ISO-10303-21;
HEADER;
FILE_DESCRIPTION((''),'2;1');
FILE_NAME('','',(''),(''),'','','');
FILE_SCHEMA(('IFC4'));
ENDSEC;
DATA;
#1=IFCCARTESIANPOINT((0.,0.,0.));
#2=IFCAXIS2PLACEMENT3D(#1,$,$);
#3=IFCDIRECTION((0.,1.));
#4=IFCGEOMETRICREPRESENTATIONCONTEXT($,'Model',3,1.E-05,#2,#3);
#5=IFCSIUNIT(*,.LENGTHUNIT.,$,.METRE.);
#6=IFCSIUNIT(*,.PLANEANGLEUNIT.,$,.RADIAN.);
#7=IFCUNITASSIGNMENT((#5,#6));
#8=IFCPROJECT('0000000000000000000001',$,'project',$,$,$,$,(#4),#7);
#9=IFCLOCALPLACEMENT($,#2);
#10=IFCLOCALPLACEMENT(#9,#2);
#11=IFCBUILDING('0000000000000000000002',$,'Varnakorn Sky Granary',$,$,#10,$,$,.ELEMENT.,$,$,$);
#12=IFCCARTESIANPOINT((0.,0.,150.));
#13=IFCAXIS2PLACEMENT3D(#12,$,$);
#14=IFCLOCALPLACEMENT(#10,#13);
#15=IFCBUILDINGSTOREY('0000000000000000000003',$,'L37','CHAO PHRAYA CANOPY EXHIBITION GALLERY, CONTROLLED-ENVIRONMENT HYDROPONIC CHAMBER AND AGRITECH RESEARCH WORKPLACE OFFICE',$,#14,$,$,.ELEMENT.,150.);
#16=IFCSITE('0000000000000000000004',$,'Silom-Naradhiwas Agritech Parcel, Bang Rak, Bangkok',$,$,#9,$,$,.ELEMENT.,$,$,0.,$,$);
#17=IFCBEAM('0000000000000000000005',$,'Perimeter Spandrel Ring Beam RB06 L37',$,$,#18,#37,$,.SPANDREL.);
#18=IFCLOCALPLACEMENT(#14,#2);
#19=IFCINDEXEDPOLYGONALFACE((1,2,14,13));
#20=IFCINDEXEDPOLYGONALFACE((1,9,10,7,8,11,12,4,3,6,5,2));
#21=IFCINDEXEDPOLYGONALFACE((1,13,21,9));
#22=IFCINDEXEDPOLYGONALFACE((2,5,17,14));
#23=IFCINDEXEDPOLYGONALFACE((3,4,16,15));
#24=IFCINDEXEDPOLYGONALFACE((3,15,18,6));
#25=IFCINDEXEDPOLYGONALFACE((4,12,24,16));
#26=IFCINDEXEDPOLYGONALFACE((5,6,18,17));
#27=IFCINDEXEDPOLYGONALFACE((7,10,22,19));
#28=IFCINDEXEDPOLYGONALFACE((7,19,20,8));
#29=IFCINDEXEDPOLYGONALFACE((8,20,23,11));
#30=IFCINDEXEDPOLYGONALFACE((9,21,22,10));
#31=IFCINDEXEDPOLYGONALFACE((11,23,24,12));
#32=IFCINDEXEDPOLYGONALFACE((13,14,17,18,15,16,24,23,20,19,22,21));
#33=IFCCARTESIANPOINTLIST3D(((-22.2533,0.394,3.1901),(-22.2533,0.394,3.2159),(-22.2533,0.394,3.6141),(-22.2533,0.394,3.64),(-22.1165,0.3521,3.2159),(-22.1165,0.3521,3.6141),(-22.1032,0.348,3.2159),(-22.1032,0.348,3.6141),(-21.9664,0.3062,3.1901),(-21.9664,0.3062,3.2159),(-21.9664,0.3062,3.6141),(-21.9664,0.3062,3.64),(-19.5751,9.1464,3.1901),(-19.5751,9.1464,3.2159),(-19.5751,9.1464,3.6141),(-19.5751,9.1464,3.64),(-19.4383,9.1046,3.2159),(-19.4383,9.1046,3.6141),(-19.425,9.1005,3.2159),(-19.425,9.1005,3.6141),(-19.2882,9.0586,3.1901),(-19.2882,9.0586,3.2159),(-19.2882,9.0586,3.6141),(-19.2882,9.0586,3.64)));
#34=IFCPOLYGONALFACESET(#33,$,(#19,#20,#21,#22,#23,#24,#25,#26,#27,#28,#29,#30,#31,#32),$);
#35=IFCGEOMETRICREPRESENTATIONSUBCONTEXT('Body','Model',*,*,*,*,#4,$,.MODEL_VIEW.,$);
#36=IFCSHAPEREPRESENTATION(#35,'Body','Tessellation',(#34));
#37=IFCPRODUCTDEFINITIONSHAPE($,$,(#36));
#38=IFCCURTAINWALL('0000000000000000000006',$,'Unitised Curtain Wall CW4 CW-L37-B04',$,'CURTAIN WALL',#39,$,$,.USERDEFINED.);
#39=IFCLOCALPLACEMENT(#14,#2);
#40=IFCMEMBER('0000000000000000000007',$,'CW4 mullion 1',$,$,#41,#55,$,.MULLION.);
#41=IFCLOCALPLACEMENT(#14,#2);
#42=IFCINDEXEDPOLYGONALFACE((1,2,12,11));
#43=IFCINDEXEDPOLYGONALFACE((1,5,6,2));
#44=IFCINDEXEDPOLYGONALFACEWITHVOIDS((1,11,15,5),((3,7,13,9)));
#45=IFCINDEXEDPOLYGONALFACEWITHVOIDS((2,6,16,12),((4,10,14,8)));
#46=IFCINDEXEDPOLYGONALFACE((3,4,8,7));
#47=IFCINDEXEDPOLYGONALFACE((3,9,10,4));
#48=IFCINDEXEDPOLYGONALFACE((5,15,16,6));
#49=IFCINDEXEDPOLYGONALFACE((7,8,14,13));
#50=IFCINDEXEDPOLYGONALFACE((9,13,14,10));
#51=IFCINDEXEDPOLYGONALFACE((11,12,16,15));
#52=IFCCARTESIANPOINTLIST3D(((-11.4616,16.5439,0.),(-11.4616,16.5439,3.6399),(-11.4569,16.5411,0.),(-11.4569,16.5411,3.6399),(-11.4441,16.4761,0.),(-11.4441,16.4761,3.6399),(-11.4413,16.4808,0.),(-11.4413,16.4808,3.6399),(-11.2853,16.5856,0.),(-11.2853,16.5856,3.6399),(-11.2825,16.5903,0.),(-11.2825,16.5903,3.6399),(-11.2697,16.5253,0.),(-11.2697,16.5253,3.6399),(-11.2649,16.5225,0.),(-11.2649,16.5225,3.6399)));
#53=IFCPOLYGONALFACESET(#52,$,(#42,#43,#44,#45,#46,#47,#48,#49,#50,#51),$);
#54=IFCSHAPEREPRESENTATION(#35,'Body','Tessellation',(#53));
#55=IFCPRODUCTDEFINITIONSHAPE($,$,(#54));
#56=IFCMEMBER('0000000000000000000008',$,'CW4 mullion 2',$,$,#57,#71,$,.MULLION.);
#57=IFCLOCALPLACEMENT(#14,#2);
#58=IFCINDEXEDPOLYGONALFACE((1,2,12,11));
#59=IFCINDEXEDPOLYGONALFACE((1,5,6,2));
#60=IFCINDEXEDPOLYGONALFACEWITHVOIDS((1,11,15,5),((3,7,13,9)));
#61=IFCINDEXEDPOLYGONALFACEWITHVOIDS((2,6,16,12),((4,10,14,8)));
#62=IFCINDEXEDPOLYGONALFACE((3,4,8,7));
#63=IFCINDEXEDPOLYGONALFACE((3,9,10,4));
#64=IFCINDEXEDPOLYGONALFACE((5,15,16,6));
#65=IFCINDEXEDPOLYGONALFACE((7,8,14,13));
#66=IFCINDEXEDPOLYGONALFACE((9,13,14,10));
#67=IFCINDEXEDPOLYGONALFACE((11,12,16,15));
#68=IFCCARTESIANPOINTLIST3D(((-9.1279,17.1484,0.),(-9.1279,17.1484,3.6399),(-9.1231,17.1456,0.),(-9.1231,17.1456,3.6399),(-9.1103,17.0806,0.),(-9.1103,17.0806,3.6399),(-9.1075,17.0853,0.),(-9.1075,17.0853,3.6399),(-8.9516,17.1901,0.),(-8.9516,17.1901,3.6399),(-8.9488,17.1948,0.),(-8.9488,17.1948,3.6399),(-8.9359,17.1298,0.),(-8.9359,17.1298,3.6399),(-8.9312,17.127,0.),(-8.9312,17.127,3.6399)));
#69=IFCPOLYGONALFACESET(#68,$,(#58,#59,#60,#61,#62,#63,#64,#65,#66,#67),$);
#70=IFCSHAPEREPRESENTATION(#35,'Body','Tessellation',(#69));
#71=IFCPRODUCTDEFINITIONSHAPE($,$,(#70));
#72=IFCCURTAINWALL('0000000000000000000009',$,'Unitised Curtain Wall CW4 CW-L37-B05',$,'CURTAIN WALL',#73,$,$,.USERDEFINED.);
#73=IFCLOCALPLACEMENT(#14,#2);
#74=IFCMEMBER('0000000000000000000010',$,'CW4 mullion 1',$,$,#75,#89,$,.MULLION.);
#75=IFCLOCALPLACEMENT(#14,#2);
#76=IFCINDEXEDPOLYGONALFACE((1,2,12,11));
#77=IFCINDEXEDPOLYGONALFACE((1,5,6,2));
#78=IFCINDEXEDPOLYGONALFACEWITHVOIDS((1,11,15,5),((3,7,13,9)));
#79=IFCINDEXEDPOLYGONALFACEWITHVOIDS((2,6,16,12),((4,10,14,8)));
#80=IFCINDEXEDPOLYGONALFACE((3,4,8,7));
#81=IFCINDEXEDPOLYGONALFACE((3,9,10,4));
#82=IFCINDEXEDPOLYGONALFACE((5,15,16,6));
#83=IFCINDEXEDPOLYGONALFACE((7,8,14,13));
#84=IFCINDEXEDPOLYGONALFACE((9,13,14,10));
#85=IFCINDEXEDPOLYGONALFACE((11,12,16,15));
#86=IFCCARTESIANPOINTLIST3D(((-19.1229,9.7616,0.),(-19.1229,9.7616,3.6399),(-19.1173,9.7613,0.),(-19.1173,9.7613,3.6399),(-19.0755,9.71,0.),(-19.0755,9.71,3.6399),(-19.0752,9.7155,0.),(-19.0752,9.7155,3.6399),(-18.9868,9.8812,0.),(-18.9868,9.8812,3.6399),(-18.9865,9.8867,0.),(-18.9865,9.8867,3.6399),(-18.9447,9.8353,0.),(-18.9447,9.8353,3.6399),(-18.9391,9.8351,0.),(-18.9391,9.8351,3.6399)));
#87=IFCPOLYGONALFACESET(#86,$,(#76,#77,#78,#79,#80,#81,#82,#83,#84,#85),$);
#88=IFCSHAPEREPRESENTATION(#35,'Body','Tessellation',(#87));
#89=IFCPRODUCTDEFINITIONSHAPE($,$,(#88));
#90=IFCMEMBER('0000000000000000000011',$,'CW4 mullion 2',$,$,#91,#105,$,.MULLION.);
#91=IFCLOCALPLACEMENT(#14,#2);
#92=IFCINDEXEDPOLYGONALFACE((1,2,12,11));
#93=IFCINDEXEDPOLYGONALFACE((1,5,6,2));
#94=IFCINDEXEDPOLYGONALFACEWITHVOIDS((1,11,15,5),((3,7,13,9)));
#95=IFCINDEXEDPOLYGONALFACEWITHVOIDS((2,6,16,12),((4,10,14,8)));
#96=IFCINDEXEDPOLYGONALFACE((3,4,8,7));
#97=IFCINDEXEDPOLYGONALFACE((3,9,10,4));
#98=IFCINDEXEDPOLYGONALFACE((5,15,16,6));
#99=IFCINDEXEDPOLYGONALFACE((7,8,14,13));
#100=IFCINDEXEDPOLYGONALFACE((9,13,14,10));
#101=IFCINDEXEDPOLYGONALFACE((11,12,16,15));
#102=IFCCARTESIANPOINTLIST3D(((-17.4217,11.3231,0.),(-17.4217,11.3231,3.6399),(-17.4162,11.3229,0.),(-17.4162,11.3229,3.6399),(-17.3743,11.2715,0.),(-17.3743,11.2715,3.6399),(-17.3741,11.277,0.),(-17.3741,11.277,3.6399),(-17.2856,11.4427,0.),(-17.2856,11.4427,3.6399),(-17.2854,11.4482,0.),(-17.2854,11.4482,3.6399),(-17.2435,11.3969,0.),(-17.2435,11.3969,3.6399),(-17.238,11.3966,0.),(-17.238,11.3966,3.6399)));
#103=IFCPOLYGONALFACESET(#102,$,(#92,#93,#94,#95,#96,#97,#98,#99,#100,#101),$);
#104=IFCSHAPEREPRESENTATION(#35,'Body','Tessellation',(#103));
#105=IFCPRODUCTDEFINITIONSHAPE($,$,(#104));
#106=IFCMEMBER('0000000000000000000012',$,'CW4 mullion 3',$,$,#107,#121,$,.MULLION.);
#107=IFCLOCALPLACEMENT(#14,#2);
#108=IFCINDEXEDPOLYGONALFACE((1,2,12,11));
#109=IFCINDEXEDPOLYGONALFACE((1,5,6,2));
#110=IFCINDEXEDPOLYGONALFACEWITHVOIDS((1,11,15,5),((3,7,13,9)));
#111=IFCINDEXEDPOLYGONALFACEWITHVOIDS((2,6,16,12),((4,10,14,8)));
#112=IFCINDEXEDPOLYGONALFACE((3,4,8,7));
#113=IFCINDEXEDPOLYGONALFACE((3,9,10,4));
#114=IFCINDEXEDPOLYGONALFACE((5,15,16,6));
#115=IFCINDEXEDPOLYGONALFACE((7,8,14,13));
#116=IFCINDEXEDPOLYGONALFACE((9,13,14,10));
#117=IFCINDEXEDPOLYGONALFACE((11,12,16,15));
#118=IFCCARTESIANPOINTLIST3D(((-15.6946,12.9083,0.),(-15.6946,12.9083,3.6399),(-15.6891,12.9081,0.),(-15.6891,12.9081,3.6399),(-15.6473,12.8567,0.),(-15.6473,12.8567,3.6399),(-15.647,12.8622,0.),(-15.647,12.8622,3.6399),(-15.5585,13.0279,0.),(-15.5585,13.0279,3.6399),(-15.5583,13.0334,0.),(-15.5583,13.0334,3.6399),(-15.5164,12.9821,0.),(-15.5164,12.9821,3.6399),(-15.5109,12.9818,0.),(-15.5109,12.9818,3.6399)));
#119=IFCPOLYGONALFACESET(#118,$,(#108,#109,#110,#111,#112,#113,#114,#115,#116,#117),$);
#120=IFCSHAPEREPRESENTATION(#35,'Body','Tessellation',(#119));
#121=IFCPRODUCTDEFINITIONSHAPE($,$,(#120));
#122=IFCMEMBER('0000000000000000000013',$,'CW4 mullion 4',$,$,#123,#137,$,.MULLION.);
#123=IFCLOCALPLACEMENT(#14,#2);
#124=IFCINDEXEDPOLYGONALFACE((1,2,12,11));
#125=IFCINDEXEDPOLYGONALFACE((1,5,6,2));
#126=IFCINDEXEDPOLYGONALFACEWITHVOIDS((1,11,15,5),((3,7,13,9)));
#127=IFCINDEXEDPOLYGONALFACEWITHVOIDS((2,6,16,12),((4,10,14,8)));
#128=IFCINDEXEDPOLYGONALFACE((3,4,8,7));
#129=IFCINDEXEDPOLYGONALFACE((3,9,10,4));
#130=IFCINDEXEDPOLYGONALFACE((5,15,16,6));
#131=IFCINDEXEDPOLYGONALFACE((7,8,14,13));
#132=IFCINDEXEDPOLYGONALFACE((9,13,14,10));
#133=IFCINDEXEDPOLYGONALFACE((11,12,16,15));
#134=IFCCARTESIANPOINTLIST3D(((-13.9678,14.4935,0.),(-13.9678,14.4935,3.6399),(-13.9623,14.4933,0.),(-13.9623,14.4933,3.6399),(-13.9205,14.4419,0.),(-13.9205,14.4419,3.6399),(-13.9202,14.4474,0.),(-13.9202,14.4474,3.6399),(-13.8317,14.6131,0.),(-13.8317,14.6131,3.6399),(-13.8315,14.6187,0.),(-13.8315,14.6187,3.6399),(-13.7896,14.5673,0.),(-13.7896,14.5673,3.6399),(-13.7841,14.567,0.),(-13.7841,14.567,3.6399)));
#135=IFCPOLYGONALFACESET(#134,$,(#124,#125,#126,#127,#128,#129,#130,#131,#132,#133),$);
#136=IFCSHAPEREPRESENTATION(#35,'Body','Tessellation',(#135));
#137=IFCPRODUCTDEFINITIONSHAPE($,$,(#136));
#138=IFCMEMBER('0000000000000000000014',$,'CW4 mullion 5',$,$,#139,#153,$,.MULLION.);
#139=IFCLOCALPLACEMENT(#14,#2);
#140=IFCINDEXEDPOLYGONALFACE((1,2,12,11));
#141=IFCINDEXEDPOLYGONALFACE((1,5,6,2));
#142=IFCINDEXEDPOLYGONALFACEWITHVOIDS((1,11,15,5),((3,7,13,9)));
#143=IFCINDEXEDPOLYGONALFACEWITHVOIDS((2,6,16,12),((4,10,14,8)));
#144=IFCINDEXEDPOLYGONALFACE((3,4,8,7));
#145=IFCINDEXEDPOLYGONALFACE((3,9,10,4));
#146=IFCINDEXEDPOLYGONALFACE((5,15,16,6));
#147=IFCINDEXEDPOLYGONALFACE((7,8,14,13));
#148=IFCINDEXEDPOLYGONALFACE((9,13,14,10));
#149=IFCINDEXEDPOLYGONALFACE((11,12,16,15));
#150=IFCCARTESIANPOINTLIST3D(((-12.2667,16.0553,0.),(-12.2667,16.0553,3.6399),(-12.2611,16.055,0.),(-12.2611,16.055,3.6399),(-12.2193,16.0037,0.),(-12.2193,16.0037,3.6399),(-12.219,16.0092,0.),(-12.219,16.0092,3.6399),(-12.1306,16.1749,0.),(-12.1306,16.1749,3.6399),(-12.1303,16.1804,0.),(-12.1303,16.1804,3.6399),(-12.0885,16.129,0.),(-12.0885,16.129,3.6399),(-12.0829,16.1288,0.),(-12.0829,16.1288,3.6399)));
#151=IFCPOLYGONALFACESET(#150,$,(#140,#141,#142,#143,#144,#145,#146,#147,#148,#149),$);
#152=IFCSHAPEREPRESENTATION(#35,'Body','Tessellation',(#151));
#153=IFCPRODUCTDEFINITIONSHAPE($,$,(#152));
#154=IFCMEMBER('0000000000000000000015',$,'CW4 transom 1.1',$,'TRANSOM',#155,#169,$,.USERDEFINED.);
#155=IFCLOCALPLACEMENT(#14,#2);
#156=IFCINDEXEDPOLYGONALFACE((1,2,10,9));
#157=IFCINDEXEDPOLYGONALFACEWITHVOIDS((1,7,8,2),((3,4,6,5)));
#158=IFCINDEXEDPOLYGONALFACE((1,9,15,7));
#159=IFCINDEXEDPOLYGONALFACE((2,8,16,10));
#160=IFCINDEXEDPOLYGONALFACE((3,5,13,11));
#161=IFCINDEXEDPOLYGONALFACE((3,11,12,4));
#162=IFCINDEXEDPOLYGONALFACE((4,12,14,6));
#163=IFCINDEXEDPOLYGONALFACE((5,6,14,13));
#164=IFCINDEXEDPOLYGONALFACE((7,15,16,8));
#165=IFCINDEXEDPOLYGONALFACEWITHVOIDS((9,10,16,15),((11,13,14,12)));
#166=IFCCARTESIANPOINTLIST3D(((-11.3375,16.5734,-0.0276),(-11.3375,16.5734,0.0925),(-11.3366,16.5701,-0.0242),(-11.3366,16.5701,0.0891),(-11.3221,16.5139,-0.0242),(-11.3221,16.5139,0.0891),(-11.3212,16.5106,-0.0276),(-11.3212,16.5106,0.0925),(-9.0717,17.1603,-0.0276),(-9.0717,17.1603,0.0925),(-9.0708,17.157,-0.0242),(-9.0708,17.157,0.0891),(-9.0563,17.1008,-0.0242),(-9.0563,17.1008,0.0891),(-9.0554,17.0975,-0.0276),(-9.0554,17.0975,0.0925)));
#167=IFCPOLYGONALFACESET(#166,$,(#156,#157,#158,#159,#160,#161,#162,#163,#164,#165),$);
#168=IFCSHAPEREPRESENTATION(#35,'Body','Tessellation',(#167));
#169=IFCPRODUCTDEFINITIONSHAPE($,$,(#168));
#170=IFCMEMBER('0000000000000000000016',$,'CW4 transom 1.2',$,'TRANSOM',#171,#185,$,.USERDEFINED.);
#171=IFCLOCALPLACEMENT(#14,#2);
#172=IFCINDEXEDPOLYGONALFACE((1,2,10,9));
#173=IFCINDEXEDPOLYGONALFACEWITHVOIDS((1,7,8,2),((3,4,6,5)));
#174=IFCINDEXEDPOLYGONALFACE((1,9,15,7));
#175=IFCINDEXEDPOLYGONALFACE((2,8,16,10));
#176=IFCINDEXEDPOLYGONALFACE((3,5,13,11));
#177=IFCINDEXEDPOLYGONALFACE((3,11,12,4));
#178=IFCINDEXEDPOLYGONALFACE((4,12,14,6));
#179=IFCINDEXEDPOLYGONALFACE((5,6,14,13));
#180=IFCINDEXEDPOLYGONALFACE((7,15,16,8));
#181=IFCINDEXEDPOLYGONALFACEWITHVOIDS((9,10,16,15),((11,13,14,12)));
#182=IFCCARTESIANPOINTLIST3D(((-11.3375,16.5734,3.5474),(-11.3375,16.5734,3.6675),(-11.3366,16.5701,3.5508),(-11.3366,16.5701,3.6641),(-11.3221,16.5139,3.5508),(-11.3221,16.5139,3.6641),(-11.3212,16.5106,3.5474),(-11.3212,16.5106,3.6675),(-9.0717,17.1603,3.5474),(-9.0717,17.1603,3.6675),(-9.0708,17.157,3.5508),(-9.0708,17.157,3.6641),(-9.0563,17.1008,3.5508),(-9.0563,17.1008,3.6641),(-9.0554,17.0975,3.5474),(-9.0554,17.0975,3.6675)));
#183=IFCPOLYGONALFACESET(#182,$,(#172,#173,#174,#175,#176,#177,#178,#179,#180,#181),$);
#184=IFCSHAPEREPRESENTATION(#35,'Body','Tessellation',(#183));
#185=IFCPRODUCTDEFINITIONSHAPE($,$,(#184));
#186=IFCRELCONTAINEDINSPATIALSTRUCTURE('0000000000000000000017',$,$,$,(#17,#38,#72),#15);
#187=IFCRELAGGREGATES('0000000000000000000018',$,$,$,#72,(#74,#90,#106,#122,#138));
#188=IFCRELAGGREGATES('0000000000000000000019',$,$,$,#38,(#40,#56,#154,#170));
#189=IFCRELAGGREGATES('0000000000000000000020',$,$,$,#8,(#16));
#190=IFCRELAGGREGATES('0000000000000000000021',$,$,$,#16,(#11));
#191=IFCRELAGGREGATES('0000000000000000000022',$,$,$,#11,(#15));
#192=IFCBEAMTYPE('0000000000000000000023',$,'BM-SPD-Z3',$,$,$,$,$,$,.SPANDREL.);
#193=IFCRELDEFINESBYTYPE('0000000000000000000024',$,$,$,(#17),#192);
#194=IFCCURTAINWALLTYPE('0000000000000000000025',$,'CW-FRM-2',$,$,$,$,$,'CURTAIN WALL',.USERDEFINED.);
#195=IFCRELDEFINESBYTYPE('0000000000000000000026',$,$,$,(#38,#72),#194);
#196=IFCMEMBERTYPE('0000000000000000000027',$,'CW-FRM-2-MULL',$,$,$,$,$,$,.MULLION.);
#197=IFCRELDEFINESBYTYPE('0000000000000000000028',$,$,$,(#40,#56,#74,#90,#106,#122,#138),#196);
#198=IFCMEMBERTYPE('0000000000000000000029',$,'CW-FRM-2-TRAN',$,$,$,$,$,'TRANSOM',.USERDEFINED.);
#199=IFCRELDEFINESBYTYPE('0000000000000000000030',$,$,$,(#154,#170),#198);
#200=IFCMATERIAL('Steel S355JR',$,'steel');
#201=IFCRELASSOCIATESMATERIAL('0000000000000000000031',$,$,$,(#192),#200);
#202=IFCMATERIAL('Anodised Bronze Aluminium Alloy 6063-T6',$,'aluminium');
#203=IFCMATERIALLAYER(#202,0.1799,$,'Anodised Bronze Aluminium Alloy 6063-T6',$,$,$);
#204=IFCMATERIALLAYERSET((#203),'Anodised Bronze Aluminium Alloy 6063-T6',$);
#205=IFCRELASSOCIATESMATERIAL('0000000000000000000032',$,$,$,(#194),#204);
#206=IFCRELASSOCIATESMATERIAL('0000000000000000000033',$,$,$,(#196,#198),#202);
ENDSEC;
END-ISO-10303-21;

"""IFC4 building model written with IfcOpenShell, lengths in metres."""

from ifc_helpers import new_model, si_unit, direction, frame, origin, origin_2d, place, context, subcontext, project, spatial, hollow_rectangle, i_section, extrude, material, layer, layer_set, material_profile, profile_set, type_object, element, aggregate, save


model = new_model("IFC4")

# Units and contexts
model_context = context("Model", 3, precision=1e-05, world=origin(), true_north=direction((0.0, 1.0)))
body_context = subcontext(model_context, "Body", "Model", "MODEL_VIEW")
ifc_project = project(units=[si_unit("LENGTHUNIT", "METRE"), si_unit("PLANEANGLEUNIT", "RADIAN")], contexts=[model_context])

# Site, building, storey
site_placement = place(None, origin())
site = spatial("IfcSite", under=ifc_project, at=site_placement, Name="Silom-Naradhiwas Agritech Parcel, Bang Rak, Bangkok", CompositionType="ELEMENT", RefElevation=0.0)
building_placement = place(site_placement, origin())
building = spatial("IfcBuilding", under=site, at=building_placement, Name="Varnakorn Sky Granary", CompositionType="ELEMENT")
storey_placement = place(building_placement, frame((0.0, 0.0, 150.0)))
storey = spatial("IfcBuildingStorey", under=building, at=storey_placement, Name="L37", Description="CHAO PHRAYA CANOPY EXHIBITION GALLERY, CONTROLLED-ENVIRONMENT HYDROPONIC CHAMBER AND AGRITECH RESEARCH WORKPLACE OFFICE", CompositionType="ELEMENT", Elevation=150.0)

# Beam
ifc_material_1 = material(Name="Steel S355JR", Category="steel")
ifc_material_profile_1 = material_profile(ifc_material_1, i_section(OverallWidth=0.3, OverallDepth=0.45, WebThickness=0.0139, FlangeThickness=0.0259, at=origin_2d()), Name="HE 450 B")
ifc_profile_set_1 = profile_set([ifc_material_profile_1], Name="Steel S355JR")
beam_type_1 = type_object("IfcBeamType", Name="BM-SPD-Z3", PredefinedType="SPANDREL", material=ifc_profile_set_1)
beam_1_placement = place(storey_placement, frame((-19.4316, 9.1025, 3.415), z_axis=(-0.292605, -0.956233, 0.0), x_axis=(0.956233, -0.292605, 0.0)))
element("IfcBeam", 1, at=beam_1_placement, inside=storey, type_object=beam_type_1, Name="Perimeter Spandrel Ring Beam RB06 L37", PredefinedType="SPANDREL", context=body_context, shape_type="SweptSolid", body=[
    extrude(i_section(OverallWidth=0.3, OverallDepth=0.45, WebThickness=0.0139, FlangeThickness=0.0259, at=origin_2d()), origin(), (0.0, 0.0, 1.0), 9.1531),
])

# Curtain walls, members
ifc_material_2 = material(Name="Anodised Bronze Aluminium Alloy 6063-T6", Category="aluminium")
ifc_layer_1 = layer(ifc_material_2, 0.1799, Name="Anodised Bronze Aluminium Alloy 6063-T6")
ifc_layer_set_1 = layer_set([ifc_layer_1], Name="Anodised Bronze Aluminium Alloy 6063-T6")
curtain_wall_type = type_object("IfcCurtainWallType", Name="CW-FRM-2", ElementType="CURTAIN WALL", PredefinedType="USERDEFINED", material=ifc_layer_set_1)
curtain_wall_1_placement = place(storey_placement, origin())
curtain_wall_1 = element("IfcCurtainWall", 2, at=curtain_wall_1_placement, inside=storey, type_object=curtain_wall_type, Name="Unitised Curtain Wall CW4 CW-L37-B04", ObjectType="CURTAIN WALL", PredefinedType="USERDEFINED")
ifc_material_profile_2 = material_profile(ifc_material_2, hollow_rectangle(XDim=0.0701, YDim=0.1851, WallThickness=0.0039, at=origin_2d()), Name="ALU MULL 70x185")
ifc_profile_set_2 = profile_set([ifc_material_profile_2], Name="Anodised Bronze Aluminium Alloy 6063-T6")
member_type_1 = type_object("IfcMemberType", Name="CW-FRM-2-MULL", PredefinedType="MULLION", material=ifc_profile_set_2)
member_1_placement = place(storey_placement, frame((-11.3633, 16.5332, 0.0), z_axis=(0.0, 0.0, 1.0), x_axis=(-0.250748, 0.968052, 0.0)))
member_1 = element("IfcMember", 3, at=member_1_placement, type_object=member_type_1, Name="CW4 mullion 1", PredefinedType="MULLION", context=body_context, shape_type="SweptSolid", body=[
    extrude(hollow_rectangle(XDim=0.0701, YDim=0.1851, WallThickness=0.0039, at=origin_2d()), origin(), (0.0, 0.0, 1.0), 3.6399),
])
member_2_placement = place(storey_placement, frame((-9.0295, 17.1377, 0.0), z_axis=(0.0, 0.0, 1.0), x_axis=(-0.250748, 0.968052, 0.0)))
member_2 = element("IfcMember", 4, at=member_2_placement, type_object=member_type_1, Name="CW4 mullion 2", PredefinedType="MULLION", context=body_context, shape_type="SweptSolid", body=[
    extrude(hollow_rectangle(XDim=0.0701, YDim=0.1851, WallThickness=0.0039, at=origin_2d()), origin(), (0.0, 0.0, 1.0), 3.6399),
])
curtain_wall_2_placement = place(storey_placement, origin())
curtain_wall_2 = element("IfcCurtainWall", 5, at=curtain_wall_2_placement, inside=storey, type_object=curtain_wall_type, Name="Unitised Curtain Wall CW4 CW-L37-B05", ObjectType="CURTAIN WALL", PredefinedType="USERDEFINED")
member_3_placement = place(storey_placement, frame((-19.031, 9.7983, 0.0), z_axis=(0.0, 0.0, 1.0), x_axis=(-0.676226, 0.736694, 0.0)))
member_3 = element("IfcMember", 6, at=member_3_placement, type_object=member_type_1, Name="CW4 mullion 1", PredefinedType="MULLION", context=body_context, shape_type="SweptSolid", body=[
    extrude(hollow_rectangle(XDim=0.0701, YDim=0.1851, WallThickness=0.0039, at=origin_2d()), origin(), (0.0, 0.0, 1.0), 3.6399),
])
member_4_placement = place(storey_placement, frame((-17.3298, 11.3599, 0.0), z_axis=(0.0, 0.0, 1.0), x_axis=(-0.676226, 0.736694, 0.0)))
member_4 = element("IfcMember", 7, at=member_4_placement, type_object=member_type_1, Name="CW4 mullion 2", PredefinedType="MULLION", context=body_context, shape_type="SweptSolid", body=[
    extrude(hollow_rectangle(XDim=0.0701, YDim=0.1851, WallThickness=0.0039, at=origin_2d()), origin(), (0.0, 0.0, 1.0), 3.6399),
])
member_5_placement = place(storey_placement, frame((-15.6028, 12.9451, 0.0), z_axis=(0.0, 0.0, 1.0), x_axis=(-0.676226, 0.736694, 0.0)))
member_5 = element("IfcMember", 8, at=member_5_placement, type_object=member_type_1, Name="CW4 mullion 3", PredefinedType="MULLION", context=body_context, shape_type="SweptSolid", body=[
    extrude(hollow_rectangle(XDim=0.0701, YDim=0.1851, WallThickness=0.0039, at=origin_2d()), origin(), (0.0, 0.0, 1.0), 3.6399),
])
member_6_placement = place(storey_placement, frame((-13.876, 14.5303, 0.0), z_axis=(0.0, 0.0, 1.0), x_axis=(-0.676226, 0.736694, 0.0)))
member_6 = element("IfcMember", 9, at=member_6_placement, type_object=member_type_1, Name="CW4 mullion 4", PredefinedType="MULLION", context=body_context, shape_type="SweptSolid", body=[
    extrude(hollow_rectangle(XDim=0.0701, YDim=0.1851, WallThickness=0.0039, at=origin_2d()), origin(), (0.0, 0.0, 1.0), 3.6399),
])
member_7_placement = place(storey_placement, frame((-12.1748, 16.092, 0.0), z_axis=(0.0, 0.0, 1.0), x_axis=(-0.676226, 0.736694, 0.0)))
member_7 = element("IfcMember", 10, at=member_7_placement, type_object=member_type_1, Name="CW4 mullion 5", PredefinedType="MULLION", context=body_context, shape_type="SweptSolid", body=[
    extrude(hollow_rectangle(XDim=0.0701, YDim=0.1851, WallThickness=0.0039, at=origin_2d()), origin(), (0.0, 0.0, 1.0), 3.6399),
])

# Members
ifc_material_profile_3 = material_profile(ifc_material_2, hollow_rectangle(XDim=0.0649, YDim=0.1201, WallThickness=0.0034, at=origin_2d()), Name="ALU TRAN 65x120")
ifc_profile_set_3 = profile_set([ifc_material_profile_3], Name="Anodised Bronze Aluminium Alloy 6063-T6")
member_type_2 = type_object("IfcMemberType", Name="CW-FRM-2-TRAN", ElementType="TRANSOM", PredefinedType="USERDEFINED", material=ifc_profile_set_3)
member_8_placement = place(storey_placement, frame((-11.3293, 16.542, 0.0325), z_axis=(0.968052, 0.250749, 0.0), x_axis=(-0.250749, 0.968052, 0.0)))
member_8 = element("IfcMember", 11, at=member_8_placement, type_object=member_type_2, Name="CW4 transom 1.1", ObjectType="TRANSOM", PredefinedType="USERDEFINED", context=body_context, shape_type="SweptSolid", body=[
    extrude(hollow_rectangle(XDim=0.0649, YDim=0.1201, WallThickness=0.0034, at=origin_2d()), origin(), (0.0, 0.0, 1.0), 2.3406),
])
member_9_placement = place(storey_placement, frame((-11.3293, 16.542, 3.6074), z_axis=(0.968052, 0.250749, 0.0), x_axis=(-0.250749, 0.968052, 0.0)))
member_9 = element("IfcMember", 12, at=member_9_placement, type_object=member_type_2, Name="CW4 transom 1.2", ObjectType="TRANSOM", PredefinedType="USERDEFINED", context=body_context, shape_type="SweptSolid", body=[
    extrude(hollow_rectangle(XDim=0.0649, YDim=0.1201, WallThickness=0.0034, at=origin_2d()), origin(), (0.0, 0.0, 1.0), 2.3406),
])

aggregate(curtain_wall_2, [member_3, member_4, member_5, member_6, member_7])
aggregate(curtain_wall_1, [member_1, member_2, member_8, member_9])

save(model, "model.ifc")
